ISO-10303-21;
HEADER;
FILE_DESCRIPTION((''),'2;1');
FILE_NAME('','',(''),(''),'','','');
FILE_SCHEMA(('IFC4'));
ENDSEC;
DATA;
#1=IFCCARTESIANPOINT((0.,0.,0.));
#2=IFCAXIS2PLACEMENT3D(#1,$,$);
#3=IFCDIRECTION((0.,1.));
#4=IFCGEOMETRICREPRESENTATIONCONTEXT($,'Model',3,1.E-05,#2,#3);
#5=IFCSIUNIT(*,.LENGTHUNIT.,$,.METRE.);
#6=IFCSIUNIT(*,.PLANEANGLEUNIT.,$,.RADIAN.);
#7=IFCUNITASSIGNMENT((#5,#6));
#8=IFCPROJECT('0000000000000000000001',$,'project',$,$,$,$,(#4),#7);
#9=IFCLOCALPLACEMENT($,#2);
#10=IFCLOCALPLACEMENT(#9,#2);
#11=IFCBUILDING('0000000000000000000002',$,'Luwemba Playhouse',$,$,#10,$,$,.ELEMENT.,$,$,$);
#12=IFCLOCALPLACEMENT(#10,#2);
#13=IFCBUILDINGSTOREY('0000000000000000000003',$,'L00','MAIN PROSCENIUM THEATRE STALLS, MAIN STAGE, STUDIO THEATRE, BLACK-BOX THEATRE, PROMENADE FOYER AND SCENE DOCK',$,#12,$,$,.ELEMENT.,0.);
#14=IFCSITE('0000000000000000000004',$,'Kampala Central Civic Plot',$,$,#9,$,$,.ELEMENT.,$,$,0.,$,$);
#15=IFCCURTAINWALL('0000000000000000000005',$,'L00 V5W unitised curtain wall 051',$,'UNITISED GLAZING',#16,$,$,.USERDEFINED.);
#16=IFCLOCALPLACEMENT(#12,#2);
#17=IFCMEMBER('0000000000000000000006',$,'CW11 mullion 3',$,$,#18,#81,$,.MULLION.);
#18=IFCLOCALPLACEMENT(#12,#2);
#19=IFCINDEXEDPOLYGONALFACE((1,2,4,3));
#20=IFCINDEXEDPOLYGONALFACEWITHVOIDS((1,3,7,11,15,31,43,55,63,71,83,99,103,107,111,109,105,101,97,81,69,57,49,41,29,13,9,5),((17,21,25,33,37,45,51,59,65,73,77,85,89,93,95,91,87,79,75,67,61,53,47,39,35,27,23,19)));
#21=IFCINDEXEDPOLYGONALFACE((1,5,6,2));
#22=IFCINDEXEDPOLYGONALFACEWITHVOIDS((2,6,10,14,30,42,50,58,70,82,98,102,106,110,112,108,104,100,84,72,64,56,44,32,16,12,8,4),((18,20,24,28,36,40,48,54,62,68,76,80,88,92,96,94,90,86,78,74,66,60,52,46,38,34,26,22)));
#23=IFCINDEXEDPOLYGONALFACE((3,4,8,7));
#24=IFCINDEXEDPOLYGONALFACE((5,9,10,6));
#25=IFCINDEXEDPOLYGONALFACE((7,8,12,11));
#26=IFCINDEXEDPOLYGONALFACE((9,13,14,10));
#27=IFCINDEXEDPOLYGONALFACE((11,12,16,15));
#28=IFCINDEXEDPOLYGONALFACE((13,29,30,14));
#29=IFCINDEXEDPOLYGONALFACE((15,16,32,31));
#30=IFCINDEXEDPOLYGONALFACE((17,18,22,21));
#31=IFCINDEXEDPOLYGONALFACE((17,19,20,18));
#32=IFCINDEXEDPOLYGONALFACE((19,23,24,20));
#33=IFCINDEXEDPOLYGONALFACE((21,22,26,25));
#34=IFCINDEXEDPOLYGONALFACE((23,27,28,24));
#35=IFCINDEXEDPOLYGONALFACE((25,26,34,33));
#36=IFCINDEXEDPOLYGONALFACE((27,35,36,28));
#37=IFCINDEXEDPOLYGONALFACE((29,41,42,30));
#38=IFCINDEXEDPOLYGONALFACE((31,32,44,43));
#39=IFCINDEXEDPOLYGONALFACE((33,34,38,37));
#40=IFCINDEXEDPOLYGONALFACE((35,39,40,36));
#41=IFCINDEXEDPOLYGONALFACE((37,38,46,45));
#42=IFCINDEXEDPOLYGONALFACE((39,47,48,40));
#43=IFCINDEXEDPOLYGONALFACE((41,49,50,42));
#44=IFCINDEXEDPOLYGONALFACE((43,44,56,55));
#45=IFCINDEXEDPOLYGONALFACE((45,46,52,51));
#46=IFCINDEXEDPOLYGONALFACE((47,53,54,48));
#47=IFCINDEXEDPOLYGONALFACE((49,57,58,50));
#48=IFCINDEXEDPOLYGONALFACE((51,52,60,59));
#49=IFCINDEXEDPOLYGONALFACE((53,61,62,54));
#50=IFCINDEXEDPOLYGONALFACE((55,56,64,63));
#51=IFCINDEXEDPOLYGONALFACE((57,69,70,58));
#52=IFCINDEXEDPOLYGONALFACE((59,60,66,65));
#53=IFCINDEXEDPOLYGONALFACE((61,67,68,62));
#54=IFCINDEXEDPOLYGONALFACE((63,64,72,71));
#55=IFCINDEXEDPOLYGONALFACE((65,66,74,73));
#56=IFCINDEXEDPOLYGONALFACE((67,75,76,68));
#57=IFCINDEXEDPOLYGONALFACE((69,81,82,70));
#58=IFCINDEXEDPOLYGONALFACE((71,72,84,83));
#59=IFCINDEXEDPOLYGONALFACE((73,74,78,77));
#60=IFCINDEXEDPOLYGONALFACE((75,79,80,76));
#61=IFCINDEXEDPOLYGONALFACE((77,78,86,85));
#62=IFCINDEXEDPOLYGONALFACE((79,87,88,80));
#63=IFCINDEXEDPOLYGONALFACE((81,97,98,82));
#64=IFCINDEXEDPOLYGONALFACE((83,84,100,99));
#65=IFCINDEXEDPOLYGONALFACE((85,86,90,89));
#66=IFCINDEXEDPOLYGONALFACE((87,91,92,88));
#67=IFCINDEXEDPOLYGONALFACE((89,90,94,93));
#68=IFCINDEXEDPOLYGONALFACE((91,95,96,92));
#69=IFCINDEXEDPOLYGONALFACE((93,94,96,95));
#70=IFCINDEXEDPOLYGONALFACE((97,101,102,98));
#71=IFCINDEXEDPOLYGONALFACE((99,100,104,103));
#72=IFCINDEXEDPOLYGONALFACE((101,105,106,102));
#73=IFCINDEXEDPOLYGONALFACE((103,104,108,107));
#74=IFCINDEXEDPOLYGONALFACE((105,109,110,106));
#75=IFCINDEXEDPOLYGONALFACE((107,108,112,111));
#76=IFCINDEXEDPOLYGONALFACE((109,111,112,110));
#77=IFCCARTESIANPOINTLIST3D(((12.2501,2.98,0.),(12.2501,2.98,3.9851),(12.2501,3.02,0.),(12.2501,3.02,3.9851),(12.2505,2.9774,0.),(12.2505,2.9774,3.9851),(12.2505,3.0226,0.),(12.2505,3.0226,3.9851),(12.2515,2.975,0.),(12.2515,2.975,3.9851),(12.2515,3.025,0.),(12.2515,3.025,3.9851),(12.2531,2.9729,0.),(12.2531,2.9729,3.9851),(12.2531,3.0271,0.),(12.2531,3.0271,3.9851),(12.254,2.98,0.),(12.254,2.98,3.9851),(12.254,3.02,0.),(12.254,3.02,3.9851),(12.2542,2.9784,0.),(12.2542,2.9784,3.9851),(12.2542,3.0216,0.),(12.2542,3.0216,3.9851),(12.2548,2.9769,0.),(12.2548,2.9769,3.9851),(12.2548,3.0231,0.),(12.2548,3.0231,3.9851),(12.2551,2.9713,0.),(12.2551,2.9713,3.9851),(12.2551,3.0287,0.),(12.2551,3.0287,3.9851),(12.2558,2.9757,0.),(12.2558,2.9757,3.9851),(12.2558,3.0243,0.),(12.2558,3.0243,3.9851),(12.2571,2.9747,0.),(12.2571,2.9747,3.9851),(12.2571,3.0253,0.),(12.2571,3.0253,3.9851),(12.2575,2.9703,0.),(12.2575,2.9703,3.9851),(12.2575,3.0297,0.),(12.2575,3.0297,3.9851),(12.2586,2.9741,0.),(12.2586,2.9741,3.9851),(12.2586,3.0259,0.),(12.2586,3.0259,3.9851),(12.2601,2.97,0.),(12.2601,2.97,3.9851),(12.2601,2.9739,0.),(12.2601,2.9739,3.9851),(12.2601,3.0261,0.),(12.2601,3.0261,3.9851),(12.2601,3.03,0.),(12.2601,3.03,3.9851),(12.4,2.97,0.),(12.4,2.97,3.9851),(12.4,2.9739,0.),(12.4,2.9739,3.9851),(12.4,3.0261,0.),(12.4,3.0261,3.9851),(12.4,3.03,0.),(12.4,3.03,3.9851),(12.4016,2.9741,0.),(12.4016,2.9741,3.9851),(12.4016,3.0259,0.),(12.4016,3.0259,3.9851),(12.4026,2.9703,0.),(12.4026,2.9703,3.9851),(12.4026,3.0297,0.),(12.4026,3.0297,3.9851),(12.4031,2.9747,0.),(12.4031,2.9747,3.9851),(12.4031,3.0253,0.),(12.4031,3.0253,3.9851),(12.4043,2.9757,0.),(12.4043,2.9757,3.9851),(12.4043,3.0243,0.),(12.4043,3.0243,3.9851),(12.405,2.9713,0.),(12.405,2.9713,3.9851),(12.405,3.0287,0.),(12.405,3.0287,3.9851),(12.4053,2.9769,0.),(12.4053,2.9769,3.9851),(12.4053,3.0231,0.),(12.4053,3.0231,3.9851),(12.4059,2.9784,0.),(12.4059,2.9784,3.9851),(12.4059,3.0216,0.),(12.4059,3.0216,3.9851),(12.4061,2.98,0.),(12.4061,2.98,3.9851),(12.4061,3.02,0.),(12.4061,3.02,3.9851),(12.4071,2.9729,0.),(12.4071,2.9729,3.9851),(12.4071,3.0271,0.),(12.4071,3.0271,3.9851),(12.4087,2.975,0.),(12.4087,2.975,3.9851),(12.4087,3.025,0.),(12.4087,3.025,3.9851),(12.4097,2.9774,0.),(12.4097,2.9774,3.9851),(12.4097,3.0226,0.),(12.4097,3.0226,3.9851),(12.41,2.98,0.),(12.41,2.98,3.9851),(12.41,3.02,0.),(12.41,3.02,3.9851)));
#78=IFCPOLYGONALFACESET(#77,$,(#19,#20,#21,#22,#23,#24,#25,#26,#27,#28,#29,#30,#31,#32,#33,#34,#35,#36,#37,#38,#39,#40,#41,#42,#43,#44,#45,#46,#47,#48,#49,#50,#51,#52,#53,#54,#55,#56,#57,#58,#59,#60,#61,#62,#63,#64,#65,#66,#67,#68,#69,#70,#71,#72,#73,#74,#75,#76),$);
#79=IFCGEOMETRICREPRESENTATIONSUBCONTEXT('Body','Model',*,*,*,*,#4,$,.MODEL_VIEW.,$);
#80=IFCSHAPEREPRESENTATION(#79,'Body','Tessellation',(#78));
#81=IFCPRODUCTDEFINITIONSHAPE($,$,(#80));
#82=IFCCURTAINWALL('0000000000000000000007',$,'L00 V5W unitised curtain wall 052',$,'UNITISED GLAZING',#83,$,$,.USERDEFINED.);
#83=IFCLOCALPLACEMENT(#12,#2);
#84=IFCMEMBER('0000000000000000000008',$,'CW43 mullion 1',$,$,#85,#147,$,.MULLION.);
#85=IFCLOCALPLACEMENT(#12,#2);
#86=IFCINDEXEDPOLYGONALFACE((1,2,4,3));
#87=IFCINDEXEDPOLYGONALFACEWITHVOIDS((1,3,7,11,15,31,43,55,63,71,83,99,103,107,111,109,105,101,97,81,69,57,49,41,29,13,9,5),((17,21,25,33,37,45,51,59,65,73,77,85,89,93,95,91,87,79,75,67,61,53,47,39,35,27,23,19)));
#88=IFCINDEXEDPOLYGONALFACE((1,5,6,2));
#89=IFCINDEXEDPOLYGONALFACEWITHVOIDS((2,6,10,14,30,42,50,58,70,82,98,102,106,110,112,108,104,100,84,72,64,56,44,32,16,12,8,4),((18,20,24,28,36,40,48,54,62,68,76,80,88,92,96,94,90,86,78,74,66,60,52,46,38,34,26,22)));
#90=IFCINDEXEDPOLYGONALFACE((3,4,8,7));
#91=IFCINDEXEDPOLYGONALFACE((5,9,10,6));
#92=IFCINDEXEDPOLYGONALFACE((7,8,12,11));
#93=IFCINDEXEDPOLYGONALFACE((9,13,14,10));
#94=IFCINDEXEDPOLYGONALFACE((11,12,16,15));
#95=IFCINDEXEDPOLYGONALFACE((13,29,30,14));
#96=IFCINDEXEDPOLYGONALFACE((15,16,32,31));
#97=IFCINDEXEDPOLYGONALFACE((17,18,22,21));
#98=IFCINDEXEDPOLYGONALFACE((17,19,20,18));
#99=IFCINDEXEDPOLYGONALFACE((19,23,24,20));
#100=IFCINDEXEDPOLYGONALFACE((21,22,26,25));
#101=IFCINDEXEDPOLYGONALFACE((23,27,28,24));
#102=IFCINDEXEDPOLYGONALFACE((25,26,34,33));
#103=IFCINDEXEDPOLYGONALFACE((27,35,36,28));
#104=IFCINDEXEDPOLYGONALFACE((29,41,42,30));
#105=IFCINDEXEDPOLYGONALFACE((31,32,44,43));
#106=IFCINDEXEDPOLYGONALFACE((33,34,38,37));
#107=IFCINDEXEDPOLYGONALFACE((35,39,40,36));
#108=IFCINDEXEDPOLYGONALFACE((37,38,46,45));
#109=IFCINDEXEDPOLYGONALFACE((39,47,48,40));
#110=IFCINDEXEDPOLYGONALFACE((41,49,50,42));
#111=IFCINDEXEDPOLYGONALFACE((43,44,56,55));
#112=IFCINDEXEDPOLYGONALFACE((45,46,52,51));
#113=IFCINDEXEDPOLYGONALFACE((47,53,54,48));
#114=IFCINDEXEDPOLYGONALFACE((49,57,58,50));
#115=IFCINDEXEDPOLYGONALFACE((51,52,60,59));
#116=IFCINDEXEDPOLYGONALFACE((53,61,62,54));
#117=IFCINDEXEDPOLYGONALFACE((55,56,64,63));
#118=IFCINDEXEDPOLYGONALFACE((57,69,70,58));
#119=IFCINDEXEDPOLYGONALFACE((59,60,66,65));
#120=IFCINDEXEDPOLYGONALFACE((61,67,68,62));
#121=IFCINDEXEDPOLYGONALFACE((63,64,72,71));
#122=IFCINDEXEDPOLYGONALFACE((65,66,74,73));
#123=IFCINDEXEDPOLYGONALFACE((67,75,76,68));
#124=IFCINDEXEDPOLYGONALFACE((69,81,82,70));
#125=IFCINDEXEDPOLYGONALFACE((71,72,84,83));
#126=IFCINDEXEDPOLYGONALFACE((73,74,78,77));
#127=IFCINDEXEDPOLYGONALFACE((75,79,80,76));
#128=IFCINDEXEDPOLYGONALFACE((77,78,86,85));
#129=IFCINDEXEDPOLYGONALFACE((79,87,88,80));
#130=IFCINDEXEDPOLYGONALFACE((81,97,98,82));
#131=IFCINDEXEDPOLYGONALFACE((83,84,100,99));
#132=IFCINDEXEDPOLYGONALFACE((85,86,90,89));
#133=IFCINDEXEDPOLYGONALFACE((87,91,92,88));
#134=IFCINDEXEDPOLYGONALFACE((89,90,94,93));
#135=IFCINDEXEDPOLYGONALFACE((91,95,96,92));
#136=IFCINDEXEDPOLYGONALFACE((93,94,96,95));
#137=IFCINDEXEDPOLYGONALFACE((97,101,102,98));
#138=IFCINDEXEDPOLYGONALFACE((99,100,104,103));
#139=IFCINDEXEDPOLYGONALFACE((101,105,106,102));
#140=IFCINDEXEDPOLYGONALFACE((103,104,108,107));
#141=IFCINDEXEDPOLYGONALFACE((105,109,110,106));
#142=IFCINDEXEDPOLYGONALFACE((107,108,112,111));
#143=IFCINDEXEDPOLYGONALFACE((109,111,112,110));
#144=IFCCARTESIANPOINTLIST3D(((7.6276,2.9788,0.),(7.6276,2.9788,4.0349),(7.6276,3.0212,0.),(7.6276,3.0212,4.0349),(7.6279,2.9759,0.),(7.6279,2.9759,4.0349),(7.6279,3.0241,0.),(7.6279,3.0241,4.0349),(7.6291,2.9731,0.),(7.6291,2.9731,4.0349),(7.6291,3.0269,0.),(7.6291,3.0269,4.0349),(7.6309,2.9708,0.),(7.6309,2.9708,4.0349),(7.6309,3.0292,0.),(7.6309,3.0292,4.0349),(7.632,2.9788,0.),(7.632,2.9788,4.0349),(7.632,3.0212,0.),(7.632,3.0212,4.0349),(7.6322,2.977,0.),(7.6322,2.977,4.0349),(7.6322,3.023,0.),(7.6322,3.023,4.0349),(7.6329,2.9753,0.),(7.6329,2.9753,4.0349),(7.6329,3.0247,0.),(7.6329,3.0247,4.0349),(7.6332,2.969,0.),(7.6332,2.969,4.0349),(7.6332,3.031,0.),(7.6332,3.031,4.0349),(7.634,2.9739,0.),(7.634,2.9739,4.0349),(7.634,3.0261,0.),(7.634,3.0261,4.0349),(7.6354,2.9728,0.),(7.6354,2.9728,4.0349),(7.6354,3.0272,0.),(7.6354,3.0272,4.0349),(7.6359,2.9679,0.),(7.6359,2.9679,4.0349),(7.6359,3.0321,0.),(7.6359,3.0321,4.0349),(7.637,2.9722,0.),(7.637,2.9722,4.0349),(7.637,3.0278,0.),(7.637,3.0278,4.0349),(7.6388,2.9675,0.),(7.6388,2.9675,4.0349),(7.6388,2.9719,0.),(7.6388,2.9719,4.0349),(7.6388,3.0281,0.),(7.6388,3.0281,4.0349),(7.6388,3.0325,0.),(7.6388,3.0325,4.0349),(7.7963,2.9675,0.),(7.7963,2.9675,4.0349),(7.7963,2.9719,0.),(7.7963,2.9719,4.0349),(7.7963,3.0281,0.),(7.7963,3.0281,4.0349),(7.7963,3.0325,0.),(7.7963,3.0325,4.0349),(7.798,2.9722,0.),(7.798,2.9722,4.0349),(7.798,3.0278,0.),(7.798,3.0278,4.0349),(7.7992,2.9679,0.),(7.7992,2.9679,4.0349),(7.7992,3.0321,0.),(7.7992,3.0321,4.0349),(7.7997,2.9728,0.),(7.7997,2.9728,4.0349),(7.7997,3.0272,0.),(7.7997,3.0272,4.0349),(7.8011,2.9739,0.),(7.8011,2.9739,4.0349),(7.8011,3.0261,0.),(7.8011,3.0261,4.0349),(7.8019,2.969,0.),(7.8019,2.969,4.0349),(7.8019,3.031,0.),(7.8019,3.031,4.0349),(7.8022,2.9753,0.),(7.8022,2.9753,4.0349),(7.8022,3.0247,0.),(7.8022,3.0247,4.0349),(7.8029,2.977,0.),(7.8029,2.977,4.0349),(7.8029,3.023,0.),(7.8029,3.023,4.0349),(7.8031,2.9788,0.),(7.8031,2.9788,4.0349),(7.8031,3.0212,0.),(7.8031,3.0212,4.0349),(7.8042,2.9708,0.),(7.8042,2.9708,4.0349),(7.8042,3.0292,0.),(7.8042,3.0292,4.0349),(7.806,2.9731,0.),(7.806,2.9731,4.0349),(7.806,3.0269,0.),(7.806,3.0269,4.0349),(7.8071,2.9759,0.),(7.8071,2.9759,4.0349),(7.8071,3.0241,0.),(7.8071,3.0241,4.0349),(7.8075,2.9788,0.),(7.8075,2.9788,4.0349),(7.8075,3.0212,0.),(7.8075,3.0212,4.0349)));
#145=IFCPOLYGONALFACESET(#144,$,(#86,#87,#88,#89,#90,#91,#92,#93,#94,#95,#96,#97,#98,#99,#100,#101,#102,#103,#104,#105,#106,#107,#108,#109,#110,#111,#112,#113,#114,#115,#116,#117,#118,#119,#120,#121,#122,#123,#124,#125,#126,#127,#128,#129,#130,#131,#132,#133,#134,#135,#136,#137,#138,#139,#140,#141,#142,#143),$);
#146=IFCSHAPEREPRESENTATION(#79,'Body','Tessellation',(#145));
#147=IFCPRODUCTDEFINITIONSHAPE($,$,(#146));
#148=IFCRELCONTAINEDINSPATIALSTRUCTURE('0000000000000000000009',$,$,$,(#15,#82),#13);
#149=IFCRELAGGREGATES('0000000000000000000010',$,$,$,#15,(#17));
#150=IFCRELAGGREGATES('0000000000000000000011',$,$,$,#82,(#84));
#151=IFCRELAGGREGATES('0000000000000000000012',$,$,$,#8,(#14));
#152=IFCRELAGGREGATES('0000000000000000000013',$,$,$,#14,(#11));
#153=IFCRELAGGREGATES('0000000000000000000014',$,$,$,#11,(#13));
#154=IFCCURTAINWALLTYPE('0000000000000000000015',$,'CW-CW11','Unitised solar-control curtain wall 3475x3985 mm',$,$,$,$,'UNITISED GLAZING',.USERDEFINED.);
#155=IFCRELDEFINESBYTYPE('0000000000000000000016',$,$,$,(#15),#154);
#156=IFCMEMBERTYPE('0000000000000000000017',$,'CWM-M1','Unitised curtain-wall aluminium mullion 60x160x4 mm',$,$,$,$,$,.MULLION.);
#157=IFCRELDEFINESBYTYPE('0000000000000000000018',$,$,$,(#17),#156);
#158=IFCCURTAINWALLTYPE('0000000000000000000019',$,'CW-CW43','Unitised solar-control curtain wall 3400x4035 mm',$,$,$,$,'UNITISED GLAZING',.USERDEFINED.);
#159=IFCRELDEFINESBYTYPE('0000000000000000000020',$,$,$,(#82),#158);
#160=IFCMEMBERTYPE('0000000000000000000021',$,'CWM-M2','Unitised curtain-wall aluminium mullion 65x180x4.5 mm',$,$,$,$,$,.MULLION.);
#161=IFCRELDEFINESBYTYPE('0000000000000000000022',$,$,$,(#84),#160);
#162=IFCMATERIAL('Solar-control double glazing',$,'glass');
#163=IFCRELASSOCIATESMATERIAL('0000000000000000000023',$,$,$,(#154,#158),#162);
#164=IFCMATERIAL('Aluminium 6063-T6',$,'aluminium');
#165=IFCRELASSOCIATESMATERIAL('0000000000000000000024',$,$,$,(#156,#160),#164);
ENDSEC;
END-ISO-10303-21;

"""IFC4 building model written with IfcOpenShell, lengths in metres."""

from ifc_helpers import new_model, si_unit, direction, frame, origin, origin_2d, place, context, subcontext, project, spatial, hollow_rectangle, extrude, material, material_profile, profile_set, type_object, element, aggregate, save


model = new_model("IFC4")

# Units and contexts
model_context = context("Model", 3, precision=1e-05, world=origin(), true_north=direction((0.0, 1.0)))
body_context = subcontext(model_context, "Body", "Model", "MODEL_VIEW")
ifc_project = project(units=[si_unit("LENGTHUNIT", "METRE"), si_unit("PLANEANGLEUNIT", "RADIAN")], contexts=[model_context])

# Site, building, storey
site_placement = place(None, origin())
site = spatial("IfcSite", under=ifc_project, at=site_placement, Name="Kampala Central Civic Plot", CompositionType="ELEMENT", RefElevation=0.0)
building_placement = place(site_placement, origin())
building = spatial("IfcBuilding", under=site, at=building_placement, Name="Luwemba Playhouse", CompositionType="ELEMENT")
storey_placement = place(building_placement, origin())
storey = spatial("IfcBuildingStorey", under=building, at=storey_placement, Name="L00", Description="MAIN PROSCENIUM THEATRE STALLS, MAIN STAGE, STUDIO THEATRE, BLACK-BOX THEATRE, PROMENADE FOYER AND SCENE DOCK", CompositionType="ELEMENT", Elevation=0.0)

# Curtain walls, members
ifc_material_1 = material(Name="Solar-control double glazing", Category="glass")
curtain_wall_type_1 = type_object("IfcCurtainWallType", Name="CW-CW11", Description="Unitised solar-control curtain wall 3475x3985 mm", ElementType="UNITISED GLAZING", PredefinedType="USERDEFINED", material=ifc_material_1)
curtain_wall_1_placement = place(storey_placement, origin())
curtain_wall_1 = element("IfcCurtainWall", 1, at=curtain_wall_1_placement, inside=storey, type_object=curtain_wall_type_1, Name="L00 V5W unitised curtain wall 051", ObjectType="UNITISED GLAZING", PredefinedType="USERDEFINED")
ifc_material_2 = material(Name="Aluminium 6063-T6", Category="aluminium")
ifc_material_profile_1 = material_profile(ifc_material_2, hollow_rectangle(XDim=0.0601, YDim=0.1599, WallThickness=0.0039, InnerFilletRadius=0.0061, OuterFilletRadius=0.01, at=origin_2d()))
ifc_profile_set_1 = profile_set([ifc_material_profile_1], Name="Aluminium 6063-T6")
member_type_1 = type_object("IfcMemberType", Name="CWM-M1", Description="Unitised curtain-wall aluminium mullion 60x160x4 mm", PredefinedType="MULLION", material=ifc_profile_set_1)
member_1_placement = place(storey_placement, frame((12.3301, 3.0, 0.0), z_axis=(0.0, 0.0, 1.0), x_axis=(0.0, -1.0, 0.0)))
member_1 = element("IfcMember", 2, at=member_1_placement, type_object=member_type_1, Name="CW11 mullion 3", PredefinedType="MULLION", context=body_context, shape_type="SweptSolid", body=[
    extrude(hollow_rectangle(XDim=0.0601, YDim=0.1599, WallThickness=0.0039, InnerFilletRadius=0.0061, OuterFilletRadius=0.01, at=origin_2d()), origin(), (0.0, 0.0, 1.0), 3.9851),
])
curtain_wall_type_2 = type_object("IfcCurtainWallType", Name="CW-CW43", Description="Unitised solar-control curtain wall 3400x4035 mm", ElementType="UNITISED GLAZING", PredefinedType="USERDEFINED", material=ifc_material_1)
curtain_wall_2_placement = place(storey_placement, origin())
curtain_wall_2 = element("IfcCurtainWall", 3, at=curtain_wall_2_placement, inside=storey, type_object=curtain_wall_type_2, Name="L00 V5W unitised curtain wall 052", ObjectType="UNITISED GLAZING", PredefinedType="USERDEFINED")
ifc_material_profile_2 = material_profile(ifc_material_2, hollow_rectangle(XDim=0.0649, YDim=0.1799, WallThickness=0.0044, InnerFilletRadius=0.0068, OuterFilletRadius=0.0112, at=origin_2d()))
ifc_profile_set_2 = profile_set([ifc_material_profile_2], Name="Aluminium 6063-T6")
member_type_2 = type_object("IfcMemberType", Name="CWM-M2", Description="Unitised curtain-wall aluminium mullion 65x180x4.5 mm", PredefinedType="MULLION", material=ifc_profile_set_2)
member_2_placement = place(storey_placement, frame((7.7175, 3.0, 0.0), z_axis=(0.0, 0.0, 1.0), x_axis=(0.0, -1.0, 0.0)))
member_2 = element("IfcMember", 4, at=member_2_placement, type_object=member_type_2, Name="CW43 mullion 1", PredefinedType="MULLION", context=body_context, shape_type="SweptSolid", body=[
    extrude(hollow_rectangle(XDim=0.0649, YDim=0.1799, WallThickness=0.0044, InnerFilletRadius=0.0068, OuterFilletRadius=0.0112, at=origin_2d()), origin(), (0.0, 0.0, 1.0), 4.0349),
])

aggregate(curtain_wall_1, [member_1])
aggregate(curtain_wall_2, [member_2])

save(model, "model.ifc")
